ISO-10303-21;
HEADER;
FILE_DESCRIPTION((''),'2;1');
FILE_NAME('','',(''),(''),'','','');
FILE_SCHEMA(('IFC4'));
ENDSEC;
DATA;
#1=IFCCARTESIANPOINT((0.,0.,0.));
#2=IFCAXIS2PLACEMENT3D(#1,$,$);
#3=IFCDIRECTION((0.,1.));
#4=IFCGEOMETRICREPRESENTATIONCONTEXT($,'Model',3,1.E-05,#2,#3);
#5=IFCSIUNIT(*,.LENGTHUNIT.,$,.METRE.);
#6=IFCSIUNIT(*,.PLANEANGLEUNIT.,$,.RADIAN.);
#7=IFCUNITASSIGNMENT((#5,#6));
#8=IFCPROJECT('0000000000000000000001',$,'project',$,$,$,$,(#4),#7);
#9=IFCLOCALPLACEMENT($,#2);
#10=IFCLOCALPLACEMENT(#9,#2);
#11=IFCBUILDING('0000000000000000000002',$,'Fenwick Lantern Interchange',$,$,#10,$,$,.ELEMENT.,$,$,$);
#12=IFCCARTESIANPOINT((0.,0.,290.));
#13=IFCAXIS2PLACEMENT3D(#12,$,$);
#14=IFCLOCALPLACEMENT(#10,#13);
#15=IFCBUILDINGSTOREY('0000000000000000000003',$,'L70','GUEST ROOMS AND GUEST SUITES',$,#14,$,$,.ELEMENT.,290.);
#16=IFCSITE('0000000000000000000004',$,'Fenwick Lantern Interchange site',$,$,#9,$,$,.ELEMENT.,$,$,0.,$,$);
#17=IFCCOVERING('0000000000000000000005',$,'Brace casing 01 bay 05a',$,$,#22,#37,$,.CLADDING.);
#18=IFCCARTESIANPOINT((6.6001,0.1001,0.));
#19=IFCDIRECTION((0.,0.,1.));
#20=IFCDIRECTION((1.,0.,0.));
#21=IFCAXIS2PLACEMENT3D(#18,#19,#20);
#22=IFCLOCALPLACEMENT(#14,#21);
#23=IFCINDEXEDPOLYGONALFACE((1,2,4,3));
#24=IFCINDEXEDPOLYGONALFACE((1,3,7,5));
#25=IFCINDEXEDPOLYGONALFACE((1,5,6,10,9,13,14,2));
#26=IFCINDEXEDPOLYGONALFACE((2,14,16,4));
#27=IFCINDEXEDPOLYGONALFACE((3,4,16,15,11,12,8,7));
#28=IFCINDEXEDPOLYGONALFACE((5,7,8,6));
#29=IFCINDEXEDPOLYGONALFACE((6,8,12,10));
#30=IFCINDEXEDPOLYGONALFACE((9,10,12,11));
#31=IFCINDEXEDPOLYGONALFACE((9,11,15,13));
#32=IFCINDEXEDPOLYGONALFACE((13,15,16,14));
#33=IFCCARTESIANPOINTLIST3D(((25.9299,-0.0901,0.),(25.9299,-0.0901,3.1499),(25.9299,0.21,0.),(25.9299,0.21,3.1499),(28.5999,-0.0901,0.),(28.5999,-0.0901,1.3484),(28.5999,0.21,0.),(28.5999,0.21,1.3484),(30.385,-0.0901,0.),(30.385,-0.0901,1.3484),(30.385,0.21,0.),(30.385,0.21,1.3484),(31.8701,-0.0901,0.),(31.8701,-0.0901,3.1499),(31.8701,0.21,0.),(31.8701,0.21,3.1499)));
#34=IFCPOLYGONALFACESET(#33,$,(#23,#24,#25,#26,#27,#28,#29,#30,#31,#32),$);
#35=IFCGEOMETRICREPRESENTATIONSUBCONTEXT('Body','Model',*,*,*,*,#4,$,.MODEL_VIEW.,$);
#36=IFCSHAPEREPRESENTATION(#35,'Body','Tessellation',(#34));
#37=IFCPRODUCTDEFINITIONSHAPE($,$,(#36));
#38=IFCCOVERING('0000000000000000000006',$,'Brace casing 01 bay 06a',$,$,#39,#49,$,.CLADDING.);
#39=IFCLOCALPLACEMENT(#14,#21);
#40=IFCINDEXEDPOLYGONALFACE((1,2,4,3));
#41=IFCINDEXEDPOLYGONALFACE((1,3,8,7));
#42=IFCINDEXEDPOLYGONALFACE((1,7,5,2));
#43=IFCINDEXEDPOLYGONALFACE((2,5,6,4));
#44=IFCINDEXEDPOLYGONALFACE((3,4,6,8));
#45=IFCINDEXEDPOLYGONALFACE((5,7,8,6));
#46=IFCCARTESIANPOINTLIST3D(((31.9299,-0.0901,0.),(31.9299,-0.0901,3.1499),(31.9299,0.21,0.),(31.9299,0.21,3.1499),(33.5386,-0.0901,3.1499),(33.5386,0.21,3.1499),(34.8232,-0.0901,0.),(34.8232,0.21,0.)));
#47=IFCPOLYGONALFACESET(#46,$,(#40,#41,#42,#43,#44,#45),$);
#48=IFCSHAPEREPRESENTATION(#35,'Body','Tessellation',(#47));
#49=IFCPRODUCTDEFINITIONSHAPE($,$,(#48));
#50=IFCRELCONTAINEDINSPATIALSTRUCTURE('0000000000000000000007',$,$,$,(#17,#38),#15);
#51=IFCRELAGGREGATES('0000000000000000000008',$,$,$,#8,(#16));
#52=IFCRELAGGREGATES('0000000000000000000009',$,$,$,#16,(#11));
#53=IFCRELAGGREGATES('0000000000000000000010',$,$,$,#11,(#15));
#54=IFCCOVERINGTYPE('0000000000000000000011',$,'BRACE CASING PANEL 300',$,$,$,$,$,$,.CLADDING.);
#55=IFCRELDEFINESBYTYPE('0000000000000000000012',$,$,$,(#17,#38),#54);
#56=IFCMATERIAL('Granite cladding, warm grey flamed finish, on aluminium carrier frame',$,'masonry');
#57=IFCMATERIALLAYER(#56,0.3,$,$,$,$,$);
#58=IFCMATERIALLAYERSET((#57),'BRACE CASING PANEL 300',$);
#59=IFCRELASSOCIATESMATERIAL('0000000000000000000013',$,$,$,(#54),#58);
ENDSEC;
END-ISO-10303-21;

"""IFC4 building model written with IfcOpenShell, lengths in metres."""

from ifc_helpers import new_model, si_unit, direction, frame, origin, place, context, subcontext, project, spatial, polyline, outline, extrude, material, layer, layer_set, type_object, element, save


model = new_model("IFC4")

# Units and contexts
model_context = context("Model", 3, precision=1e-05, world=origin(), true_north=direction((0.0, 1.0)))
body_context = subcontext(model_context, "Body", "Model", "MODEL_VIEW")
ifc_project = project(units=[si_unit("LENGTHUNIT", "METRE"), si_unit("PLANEANGLEUNIT", "RADIAN")], contexts=[model_context])

# Site, building, storey
site_placement = place(None, origin())
site = spatial("IfcSite", under=ifc_project, at=site_placement, Name="Fenwick Lantern Interchange site", CompositionType="ELEMENT", RefElevation=0.0)
building_placement = place(site_placement, origin())
building = spatial("IfcBuilding", under=site, at=building_placement, Name="Fenwick Lantern Interchange", CompositionType="ELEMENT")
storey_placement = place(building_placement, frame((0.0, 0.0, 290.0)))
storey = spatial("IfcBuildingStorey", under=building, at=storey_placement, Name="L70", Description="GUEST ROOMS AND GUEST SUITES", CompositionType="ELEMENT", Elevation=290.0)

# Coverings
ifc_material_1 = material(Name="Granite cladding, warm grey flamed finish, on aluminium carrier frame", Category="masonry")
ifc_layer_1 = layer(ifc_material_1, 0.3)
ifc_layer_set_1 = layer_set([ifc_layer_1], Name="BRACE CASING PANEL 300")
covering_type_1 = type_object("IfcCoveringType", Name="BRACE CASING PANEL 300", PredefinedType="CLADDING", material=ifc_layer_set_1)
covering_1_placement = place(storey_placement, frame((6.6001, 0.1001, 0.0), z_axis=(0.0, 0.0, 1.0), x_axis=(1.0, 0.0, 0.0)))
element("IfcCovering", 1, at=covering_1_placement, inside=storey, type_object=covering_type_1, Name="Brace casing 01 bay 05a", PredefinedType="CLADDING", context=body_context, shape_type="SweptSolid", body=[
    extrude(outline(polyline([(25.9299, 0.0), (28.5999, 0.0), (28.5999, 1.3484), (30.385, 1.3484), (30.385, 0.0), (31.8701, 0.0), (31.8701, 3.1499), (25.9299, 3.1499), (25.9299, 0.0)])), frame((0.0, 0.21, 0.0), z_axis=(0.0, -1.0, 0.0), x_axis=(1.0, 0.0, 0.0)), (0.0, 0.0, 1.0), 0.3),
])
covering_2_placement = place(storey_placement, frame((6.6001, 0.1001, 0.0), z_axis=(0.0, 0.0, 1.0), x_axis=(1.0, 0.0, 0.0)))
element("IfcCovering", 2, at=covering_2_placement, inside=storey, type_object=covering_type_1, Name="Brace casing 01 bay 06a", PredefinedType="CLADDING", context=body_context, shape_type="SweptSolid", body=[
    extrude(outline(polyline([(31.9299, 0.0), (34.8232, 0.0), (33.5386, 3.1499), (31.9299, 3.1499), (31.9299, 0.0)])), frame((0.0, 0.21, 0.0), z_axis=(0.0, -1.0, 0.0), x_axis=(1.0, 0.0, 0.0)), (0.0, 0.0, 1.0), 0.3),
])

save(model, "model.ifc")
